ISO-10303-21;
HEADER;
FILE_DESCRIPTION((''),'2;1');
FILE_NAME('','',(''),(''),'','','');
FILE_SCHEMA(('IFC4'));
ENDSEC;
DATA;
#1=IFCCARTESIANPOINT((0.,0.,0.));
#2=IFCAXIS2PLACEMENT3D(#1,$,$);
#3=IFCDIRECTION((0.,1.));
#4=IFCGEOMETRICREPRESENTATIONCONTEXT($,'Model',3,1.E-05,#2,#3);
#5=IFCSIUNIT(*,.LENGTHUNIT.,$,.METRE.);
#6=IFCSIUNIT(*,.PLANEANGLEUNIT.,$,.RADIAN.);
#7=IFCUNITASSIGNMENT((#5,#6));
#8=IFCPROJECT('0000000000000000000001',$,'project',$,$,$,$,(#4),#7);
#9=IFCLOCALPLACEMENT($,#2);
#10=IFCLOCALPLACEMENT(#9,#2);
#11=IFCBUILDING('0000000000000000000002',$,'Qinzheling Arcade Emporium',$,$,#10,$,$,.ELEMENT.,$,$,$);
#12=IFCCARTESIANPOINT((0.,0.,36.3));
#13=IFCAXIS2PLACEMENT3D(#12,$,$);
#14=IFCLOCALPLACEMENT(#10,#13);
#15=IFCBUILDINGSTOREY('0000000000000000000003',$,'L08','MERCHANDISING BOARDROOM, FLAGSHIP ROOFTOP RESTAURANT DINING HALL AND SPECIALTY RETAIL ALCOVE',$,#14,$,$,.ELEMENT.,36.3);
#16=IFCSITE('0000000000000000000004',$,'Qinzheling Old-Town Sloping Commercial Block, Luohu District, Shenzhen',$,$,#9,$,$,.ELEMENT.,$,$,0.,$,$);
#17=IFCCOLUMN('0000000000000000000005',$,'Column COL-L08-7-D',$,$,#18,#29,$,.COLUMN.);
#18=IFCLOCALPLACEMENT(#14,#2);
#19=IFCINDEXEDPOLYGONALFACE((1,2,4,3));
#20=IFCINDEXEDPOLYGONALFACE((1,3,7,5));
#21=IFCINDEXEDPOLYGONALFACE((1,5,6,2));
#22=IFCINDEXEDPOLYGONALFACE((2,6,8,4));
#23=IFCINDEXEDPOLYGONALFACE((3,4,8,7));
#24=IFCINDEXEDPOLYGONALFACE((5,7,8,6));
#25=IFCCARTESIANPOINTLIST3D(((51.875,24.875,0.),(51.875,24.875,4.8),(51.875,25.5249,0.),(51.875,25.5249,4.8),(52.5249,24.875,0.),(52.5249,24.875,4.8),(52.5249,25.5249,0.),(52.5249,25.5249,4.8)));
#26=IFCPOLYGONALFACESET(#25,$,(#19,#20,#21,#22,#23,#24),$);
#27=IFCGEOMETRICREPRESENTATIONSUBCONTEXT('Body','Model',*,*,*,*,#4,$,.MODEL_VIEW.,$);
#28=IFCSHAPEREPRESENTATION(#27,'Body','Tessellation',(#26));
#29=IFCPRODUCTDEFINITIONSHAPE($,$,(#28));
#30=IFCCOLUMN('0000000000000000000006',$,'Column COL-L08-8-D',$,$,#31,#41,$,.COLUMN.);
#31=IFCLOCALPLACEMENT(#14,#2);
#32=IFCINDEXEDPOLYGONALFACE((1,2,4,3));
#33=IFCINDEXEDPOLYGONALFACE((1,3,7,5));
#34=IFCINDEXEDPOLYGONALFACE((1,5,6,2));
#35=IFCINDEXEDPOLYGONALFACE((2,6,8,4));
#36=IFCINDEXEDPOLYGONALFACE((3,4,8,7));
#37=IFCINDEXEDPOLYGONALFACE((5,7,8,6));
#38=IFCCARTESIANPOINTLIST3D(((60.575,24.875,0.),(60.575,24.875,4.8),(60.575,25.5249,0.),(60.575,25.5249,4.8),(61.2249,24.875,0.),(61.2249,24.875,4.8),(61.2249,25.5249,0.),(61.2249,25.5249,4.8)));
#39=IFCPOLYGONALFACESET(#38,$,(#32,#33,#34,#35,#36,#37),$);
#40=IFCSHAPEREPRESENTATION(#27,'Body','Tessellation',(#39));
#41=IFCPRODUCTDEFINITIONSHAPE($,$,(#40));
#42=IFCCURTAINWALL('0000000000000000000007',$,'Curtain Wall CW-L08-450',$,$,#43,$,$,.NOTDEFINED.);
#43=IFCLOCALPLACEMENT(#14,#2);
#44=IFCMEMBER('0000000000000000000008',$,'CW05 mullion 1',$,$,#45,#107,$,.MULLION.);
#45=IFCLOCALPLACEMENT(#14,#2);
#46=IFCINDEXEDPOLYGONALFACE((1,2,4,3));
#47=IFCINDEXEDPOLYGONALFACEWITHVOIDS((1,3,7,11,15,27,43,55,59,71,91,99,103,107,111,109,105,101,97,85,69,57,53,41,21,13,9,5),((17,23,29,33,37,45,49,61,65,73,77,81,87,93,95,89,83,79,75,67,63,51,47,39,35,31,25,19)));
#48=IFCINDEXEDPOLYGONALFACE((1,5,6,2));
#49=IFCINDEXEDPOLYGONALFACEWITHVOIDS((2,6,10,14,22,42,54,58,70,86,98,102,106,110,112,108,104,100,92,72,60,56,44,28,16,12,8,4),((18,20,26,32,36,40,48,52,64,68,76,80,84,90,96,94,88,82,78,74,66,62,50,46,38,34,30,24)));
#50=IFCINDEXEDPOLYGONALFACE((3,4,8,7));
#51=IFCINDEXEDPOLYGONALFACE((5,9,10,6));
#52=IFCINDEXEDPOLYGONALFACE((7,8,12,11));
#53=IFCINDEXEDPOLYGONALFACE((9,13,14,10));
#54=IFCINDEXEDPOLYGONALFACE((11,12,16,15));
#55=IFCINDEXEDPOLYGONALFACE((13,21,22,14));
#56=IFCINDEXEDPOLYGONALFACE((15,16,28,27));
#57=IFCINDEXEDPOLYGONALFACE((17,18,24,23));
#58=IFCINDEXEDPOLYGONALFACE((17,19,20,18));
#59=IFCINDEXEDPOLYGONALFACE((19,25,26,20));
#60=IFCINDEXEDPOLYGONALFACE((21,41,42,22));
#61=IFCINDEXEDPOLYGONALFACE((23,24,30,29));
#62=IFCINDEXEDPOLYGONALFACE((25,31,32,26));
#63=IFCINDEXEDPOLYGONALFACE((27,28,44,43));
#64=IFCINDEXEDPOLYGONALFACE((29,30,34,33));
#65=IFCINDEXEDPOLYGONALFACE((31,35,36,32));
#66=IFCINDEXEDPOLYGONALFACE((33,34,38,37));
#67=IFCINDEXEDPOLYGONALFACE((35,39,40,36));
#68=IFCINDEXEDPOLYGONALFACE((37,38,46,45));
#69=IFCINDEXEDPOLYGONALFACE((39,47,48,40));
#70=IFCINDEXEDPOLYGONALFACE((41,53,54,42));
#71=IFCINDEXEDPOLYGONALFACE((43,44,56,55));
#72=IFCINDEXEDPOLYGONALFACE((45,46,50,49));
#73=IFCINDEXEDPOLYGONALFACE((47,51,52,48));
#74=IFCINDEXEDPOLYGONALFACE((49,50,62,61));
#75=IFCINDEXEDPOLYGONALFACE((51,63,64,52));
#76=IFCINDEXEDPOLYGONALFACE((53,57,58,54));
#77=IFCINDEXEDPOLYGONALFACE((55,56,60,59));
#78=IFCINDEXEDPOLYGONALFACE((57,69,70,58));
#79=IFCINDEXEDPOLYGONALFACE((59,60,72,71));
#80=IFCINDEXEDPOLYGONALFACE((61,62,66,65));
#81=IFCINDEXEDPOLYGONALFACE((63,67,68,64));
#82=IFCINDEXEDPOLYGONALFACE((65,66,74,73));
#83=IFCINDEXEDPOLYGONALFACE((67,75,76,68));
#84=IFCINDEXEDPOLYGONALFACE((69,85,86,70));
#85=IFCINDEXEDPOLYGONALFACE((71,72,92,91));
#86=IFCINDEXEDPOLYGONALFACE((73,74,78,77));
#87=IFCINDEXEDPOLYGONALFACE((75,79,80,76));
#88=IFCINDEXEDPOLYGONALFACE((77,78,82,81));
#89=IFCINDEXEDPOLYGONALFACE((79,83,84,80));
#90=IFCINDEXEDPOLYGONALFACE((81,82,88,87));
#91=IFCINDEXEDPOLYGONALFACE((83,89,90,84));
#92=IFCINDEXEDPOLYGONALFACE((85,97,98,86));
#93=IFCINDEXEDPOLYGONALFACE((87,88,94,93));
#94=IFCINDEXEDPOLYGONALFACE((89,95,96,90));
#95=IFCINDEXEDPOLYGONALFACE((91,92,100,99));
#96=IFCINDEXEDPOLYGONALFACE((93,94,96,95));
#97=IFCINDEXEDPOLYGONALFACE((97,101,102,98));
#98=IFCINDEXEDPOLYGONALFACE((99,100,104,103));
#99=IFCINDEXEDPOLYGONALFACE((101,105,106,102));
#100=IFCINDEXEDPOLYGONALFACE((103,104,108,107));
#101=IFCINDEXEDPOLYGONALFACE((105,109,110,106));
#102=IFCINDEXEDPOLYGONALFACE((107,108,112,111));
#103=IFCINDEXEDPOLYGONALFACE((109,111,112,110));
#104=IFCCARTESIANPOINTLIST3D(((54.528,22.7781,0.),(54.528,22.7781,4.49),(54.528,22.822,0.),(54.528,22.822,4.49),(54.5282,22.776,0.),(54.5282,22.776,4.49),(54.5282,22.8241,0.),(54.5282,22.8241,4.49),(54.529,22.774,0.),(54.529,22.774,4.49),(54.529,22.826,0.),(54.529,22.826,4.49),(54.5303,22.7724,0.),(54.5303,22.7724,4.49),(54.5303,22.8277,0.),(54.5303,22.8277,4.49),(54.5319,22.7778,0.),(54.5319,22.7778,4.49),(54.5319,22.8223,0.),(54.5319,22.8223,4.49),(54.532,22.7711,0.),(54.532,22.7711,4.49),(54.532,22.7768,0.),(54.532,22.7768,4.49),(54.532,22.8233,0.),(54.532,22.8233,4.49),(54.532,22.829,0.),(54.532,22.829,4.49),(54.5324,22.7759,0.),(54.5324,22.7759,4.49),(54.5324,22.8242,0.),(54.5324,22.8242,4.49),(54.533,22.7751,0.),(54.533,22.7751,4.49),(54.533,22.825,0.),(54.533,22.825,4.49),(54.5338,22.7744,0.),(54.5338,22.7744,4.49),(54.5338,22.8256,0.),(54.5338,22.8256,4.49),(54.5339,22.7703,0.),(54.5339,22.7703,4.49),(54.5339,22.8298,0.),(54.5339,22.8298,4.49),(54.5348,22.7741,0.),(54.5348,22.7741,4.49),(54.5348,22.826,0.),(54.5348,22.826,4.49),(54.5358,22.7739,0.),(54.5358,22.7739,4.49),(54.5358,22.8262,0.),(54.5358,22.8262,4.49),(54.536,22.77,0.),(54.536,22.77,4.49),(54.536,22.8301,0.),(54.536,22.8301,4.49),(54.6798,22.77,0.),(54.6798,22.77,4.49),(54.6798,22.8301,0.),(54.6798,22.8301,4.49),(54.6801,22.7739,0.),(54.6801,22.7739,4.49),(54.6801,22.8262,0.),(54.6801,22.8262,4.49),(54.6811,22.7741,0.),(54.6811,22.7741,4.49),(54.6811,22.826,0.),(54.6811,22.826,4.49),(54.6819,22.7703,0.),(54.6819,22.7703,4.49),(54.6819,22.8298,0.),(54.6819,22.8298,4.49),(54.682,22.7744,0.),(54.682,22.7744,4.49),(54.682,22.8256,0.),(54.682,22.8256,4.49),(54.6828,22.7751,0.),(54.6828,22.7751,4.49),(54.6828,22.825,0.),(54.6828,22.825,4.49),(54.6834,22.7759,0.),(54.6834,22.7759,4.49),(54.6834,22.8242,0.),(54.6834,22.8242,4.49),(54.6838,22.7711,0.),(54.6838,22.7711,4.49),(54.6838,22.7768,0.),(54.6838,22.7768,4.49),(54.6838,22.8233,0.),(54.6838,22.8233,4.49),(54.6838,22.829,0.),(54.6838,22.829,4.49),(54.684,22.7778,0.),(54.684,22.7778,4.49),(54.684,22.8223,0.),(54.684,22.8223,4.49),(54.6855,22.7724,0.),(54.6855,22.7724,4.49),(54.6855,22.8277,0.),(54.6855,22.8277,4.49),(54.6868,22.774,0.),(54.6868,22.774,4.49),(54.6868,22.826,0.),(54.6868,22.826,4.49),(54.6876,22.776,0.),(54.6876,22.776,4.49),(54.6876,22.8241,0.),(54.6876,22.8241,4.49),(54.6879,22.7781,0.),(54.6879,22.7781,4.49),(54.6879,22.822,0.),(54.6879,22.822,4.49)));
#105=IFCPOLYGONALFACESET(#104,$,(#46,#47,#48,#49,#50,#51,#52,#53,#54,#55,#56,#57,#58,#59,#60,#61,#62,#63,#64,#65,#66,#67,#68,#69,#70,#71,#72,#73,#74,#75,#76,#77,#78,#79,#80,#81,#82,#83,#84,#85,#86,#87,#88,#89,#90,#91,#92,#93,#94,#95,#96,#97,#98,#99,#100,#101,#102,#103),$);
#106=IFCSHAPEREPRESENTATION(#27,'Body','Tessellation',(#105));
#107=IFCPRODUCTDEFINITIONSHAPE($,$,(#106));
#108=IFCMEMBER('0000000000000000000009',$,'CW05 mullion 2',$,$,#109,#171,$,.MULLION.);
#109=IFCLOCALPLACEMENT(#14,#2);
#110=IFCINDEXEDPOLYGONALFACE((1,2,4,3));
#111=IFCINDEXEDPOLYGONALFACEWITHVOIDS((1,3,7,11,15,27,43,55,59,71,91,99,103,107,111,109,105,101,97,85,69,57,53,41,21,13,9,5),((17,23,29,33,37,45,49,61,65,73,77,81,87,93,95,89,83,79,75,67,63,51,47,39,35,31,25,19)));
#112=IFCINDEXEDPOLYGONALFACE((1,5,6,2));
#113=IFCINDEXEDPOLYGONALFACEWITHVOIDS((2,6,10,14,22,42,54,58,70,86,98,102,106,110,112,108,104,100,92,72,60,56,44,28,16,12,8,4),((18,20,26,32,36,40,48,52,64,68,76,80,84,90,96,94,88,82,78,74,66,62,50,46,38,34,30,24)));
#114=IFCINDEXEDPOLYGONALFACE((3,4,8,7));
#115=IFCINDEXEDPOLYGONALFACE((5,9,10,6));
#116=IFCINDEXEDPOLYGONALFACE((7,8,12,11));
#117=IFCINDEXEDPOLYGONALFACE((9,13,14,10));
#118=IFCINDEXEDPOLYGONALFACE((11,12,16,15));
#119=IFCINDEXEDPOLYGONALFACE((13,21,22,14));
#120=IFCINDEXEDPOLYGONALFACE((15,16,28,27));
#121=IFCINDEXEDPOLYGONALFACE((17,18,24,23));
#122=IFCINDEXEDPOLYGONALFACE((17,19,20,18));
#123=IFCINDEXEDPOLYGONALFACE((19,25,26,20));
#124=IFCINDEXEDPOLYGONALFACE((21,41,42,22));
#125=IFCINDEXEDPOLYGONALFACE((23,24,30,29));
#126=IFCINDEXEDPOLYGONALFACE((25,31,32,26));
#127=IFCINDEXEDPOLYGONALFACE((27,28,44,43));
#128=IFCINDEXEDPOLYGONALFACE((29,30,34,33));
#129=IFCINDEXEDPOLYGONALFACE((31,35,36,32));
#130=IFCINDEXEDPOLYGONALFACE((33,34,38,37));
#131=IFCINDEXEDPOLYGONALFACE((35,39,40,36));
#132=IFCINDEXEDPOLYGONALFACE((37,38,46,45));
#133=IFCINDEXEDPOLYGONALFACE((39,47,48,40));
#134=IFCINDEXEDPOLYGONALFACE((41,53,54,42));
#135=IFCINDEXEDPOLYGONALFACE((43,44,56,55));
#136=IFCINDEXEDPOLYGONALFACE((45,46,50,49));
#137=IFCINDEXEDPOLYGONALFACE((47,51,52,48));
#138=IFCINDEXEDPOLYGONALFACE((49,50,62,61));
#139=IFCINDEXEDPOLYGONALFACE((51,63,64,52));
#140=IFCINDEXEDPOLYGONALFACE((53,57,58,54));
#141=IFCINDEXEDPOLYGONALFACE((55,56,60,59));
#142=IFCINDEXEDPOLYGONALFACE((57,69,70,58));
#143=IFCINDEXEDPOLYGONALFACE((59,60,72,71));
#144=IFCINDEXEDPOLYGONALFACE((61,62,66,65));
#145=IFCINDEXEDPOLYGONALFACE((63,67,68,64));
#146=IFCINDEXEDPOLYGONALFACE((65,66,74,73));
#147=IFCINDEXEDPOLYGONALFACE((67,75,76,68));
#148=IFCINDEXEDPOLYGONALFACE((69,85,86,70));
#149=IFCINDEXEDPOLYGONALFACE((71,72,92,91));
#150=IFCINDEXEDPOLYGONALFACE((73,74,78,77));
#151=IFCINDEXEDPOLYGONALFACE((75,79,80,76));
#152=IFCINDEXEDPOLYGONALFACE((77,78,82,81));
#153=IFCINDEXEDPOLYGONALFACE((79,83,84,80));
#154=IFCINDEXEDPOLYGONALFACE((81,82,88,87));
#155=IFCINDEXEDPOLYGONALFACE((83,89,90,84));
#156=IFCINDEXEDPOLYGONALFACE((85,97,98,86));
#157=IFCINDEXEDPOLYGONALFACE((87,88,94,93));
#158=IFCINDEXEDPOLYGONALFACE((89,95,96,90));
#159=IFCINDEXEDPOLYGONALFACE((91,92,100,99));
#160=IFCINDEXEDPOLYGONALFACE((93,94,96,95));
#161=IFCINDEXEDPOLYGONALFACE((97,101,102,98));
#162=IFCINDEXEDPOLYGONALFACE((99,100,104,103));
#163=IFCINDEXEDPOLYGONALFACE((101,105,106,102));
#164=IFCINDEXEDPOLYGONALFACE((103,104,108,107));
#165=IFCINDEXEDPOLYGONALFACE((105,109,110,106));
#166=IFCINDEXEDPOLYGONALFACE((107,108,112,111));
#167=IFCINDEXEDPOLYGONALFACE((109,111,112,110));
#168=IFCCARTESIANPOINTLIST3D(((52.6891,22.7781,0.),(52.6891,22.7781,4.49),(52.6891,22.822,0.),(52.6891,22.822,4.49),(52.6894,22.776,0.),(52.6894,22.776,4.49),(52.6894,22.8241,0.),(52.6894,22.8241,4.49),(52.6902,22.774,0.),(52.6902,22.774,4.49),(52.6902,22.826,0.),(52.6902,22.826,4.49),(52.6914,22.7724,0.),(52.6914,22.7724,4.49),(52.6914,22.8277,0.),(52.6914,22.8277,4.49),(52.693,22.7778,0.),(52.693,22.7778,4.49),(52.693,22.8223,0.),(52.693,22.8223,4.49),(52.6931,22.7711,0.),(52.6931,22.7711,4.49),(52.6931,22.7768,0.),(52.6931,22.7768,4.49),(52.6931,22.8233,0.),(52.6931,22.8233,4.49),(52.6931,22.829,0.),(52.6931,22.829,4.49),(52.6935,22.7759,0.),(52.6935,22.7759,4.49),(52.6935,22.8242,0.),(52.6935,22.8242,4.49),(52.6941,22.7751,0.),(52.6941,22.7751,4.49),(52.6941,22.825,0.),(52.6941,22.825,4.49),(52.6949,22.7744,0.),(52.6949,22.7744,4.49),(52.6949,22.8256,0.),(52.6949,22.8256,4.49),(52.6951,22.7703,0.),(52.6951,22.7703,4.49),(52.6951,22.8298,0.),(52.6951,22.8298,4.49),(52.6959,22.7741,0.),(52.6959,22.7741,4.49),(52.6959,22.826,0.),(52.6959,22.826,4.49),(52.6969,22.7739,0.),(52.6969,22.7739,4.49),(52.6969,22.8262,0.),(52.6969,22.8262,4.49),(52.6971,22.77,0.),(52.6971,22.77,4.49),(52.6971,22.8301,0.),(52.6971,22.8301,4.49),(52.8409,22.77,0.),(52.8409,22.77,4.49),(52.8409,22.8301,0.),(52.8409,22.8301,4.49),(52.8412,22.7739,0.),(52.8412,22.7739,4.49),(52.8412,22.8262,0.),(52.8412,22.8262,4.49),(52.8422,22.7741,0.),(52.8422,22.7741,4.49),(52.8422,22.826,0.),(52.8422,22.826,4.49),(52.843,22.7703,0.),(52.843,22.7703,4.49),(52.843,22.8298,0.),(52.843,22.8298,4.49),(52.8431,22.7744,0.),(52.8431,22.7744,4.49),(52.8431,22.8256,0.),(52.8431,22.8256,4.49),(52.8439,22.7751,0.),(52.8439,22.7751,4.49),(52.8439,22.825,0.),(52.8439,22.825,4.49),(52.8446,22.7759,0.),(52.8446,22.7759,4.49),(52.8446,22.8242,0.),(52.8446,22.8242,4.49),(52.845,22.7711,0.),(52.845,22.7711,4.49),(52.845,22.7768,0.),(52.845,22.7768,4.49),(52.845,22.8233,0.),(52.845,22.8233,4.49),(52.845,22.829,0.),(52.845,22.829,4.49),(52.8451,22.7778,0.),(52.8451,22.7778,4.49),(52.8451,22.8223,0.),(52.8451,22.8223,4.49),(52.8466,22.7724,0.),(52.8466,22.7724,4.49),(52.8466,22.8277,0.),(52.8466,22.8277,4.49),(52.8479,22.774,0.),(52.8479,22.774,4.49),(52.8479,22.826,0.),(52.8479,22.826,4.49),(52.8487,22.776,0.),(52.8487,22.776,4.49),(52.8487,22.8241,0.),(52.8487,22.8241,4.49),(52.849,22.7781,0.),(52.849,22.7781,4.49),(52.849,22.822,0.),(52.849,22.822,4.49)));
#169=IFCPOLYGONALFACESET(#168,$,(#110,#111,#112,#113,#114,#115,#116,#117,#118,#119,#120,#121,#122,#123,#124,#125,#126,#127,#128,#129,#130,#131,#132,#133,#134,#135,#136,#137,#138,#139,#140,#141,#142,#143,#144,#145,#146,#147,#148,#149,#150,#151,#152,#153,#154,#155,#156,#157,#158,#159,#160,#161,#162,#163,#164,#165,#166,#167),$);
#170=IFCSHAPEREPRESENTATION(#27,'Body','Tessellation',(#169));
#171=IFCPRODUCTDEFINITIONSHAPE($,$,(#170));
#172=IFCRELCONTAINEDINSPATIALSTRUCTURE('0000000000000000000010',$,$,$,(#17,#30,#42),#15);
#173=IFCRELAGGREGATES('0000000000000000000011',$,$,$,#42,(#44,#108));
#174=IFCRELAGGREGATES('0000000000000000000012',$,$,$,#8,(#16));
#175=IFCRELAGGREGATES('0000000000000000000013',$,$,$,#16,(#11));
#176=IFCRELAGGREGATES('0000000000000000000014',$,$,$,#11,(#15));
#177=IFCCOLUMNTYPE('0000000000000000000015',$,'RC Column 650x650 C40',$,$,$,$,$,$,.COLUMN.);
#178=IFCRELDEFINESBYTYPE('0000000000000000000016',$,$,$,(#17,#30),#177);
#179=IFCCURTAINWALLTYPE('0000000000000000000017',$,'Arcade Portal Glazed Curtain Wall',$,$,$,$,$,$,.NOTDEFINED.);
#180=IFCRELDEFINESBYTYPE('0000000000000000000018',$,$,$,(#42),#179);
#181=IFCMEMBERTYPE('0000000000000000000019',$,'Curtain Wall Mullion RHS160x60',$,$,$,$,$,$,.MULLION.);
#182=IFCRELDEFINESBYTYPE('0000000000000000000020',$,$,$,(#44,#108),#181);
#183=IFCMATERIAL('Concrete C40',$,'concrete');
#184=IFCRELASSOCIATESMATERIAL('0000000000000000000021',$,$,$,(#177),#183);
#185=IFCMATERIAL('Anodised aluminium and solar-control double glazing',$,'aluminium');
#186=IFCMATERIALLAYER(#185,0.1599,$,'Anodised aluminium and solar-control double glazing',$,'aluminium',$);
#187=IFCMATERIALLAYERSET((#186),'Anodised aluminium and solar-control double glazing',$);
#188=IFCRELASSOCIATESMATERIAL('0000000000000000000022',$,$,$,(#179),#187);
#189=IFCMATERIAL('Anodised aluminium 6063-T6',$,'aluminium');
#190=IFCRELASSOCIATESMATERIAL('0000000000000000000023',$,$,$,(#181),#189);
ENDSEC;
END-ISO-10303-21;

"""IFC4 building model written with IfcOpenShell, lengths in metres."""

from ifc_helpers import new_model, si_unit, direction, frame, origin, origin_2d, place, context, subcontext, project, spatial, rectangle, hollow_rectangle, extrude, material, layer, layer_set, material_profile, profile_set, type_object, element, aggregate, save


model = new_model("IFC4")

# Units and contexts
model_context = context("Model", 3, precision=1e-05, world=origin(), true_north=direction((0.0, 1.0)))
body_context = subcontext(model_context, "Body", "Model", "MODEL_VIEW")
ifc_project = project(units=[si_unit("LENGTHUNIT", "METRE"), si_unit("PLANEANGLEUNIT", "RADIAN")], contexts=[model_context])

# Site, building, storey
site_placement = place(None, origin())
site = spatial("IfcSite", under=ifc_project, at=site_placement, Name="Qinzheling Old-Town Sloping Commercial Block, Luohu District, Shenzhen", CompositionType="ELEMENT", RefElevation=0.0)
building_placement = place(site_placement, origin())
building = spatial("IfcBuilding", under=site, at=building_placement, Name="Qinzheling Arcade Emporium", CompositionType="ELEMENT")
storey_placement = place(building_placement, frame((0.0, 0.0, 36.3)))
storey = spatial("IfcBuildingStorey", under=building, at=storey_placement, Name="L08", Description="MERCHANDISING BOARDROOM, FLAGSHIP ROOFTOP RESTAURANT DINING HALL AND SPECIALTY RETAIL ALCOVE", CompositionType="ELEMENT", Elevation=36.3)

# Columns
ifc_material_1 = material(Name="Concrete C40", Category="concrete")
ifc_material_profile_1 = material_profile(ifc_material_1, rectangle(XDim=0.6499, YDim=0.6499, at=origin_2d()), Name="RC 650x650", Category="concrete")
ifc_profile_set_1 = profile_set([ifc_material_profile_1], Name="Concrete C40")
column_type = type_object("IfcColumnType", Name="RC Column 650x650 C40", PredefinedType="COLUMN", material=ifc_profile_set_1)
for number, where, z_axis, x_axis, name in (
    (1, (52.2, 25.2, 0.0), (0.0, 0.0, 1.0), (1.0, 0.0, 0.0), "Column COL-L08-7-D"),
    (2, (60.8999, 25.2, 0.0), (0.0, 0.0, 1.0), (1.0, 0.0, 0.0), "Column COL-L08-8-D"),
):
    element("IfcColumn", number, at=place(storey_placement, frame(where, z_axis=z_axis, x_axis=x_axis)), inside=storey, type_object=column_type, Name=name, PredefinedType="COLUMN", context=body_context, shape_type="SweptSolid", body=[
        extrude(rectangle(XDim=0.6499, YDim=0.6499, at=origin_2d()), origin(), (0.0, 0.0, 1.0), 4.8),
    ])

# Curtain wall, members
ifc_material_2 = material(Name="Anodised aluminium and solar-control double glazing", Category="aluminium")
ifc_layer_1 = layer(ifc_material_2, 0.1599, Name="Anodised aluminium and solar-control double glazing", Category="aluminium")
ifc_layer_set_1 = layer_set([ifc_layer_1], Name="Anodised aluminium and solar-control double glazing")
curtain_wall_type = type_object("IfcCurtainWallType", Name="Arcade Portal Glazed Curtain Wall", PredefinedType="NOTDEFINED", material=ifc_layer_set_1)
curtain_wall_placement = place(storey_placement, origin())
curtain_wall = element("IfcCurtainWall", 3, at=curtain_wall_placement, inside=storey, type_object=curtain_wall_type, Name="Curtain Wall CW-L08-450", PredefinedType="NOTDEFINED")
ifc_material_3 = material(Name="Anodised aluminium 6063-T6", Category="aluminium")
ifc_material_profile_2 = material_profile(ifc_material_3, hollow_rectangle(XDim=0.0601, YDim=0.1599, WallThickness=0.0039, InnerFilletRadius=0.0039, OuterFilletRadius=0.0081, at=origin_2d()), Name="RHS 160x60x4", Category="aluminium")
ifc_profile_set_2 = profile_set([ifc_material_profile_2], Name="Anodised aluminium 6063-T6")
member_type_1 = type_object("IfcMemberType", Name="Curtain Wall Mullion RHS160x60", PredefinedType="MULLION", material=ifc_profile_set_2)
member_1_placement = place(storey_placement, frame((54.6079, 22.8, 0.0), z_axis=(0.0, 0.0, 1.0), x_axis=(0.0, -1.0, 0.0)))
member_1 = element("IfcMember", 4, at=member_1_placement, type_object=member_type_1, Name="CW05 mullion 1", PredefinedType="MULLION", context=body_context, shape_type="SweptSolid", body=[
    extrude(hollow_rectangle(XDim=0.0601, YDim=0.1599, WallThickness=0.0039, InnerFilletRadius=0.0039, OuterFilletRadius=0.0081, at=origin_2d()), origin(), (0.0, 0.0, 1.0), 4.49),
])
member_2_placement = place(storey_placement, frame((52.769, 22.8, 0.0), z_axis=(0.0, 0.0, 1.0), x_axis=(0.0, -1.0, 0.0)))
member_2 = element("IfcMember", 5, at=member_2_placement, type_object=member_type_1, Name="CW05 mullion 2", PredefinedType="MULLION", context=body_context, shape_type="SweptSolid", body=[
    extrude(hollow_rectangle(XDim=0.0601, YDim=0.1599, WallThickness=0.0039, InnerFilletRadius=0.0039, OuterFilletRadius=0.0081, at=origin_2d()), origin(), (0.0, 0.0, 1.0), 4.49),
])

aggregate(curtain_wall, [member_1, member_2])

save(model, "model.ifc")
